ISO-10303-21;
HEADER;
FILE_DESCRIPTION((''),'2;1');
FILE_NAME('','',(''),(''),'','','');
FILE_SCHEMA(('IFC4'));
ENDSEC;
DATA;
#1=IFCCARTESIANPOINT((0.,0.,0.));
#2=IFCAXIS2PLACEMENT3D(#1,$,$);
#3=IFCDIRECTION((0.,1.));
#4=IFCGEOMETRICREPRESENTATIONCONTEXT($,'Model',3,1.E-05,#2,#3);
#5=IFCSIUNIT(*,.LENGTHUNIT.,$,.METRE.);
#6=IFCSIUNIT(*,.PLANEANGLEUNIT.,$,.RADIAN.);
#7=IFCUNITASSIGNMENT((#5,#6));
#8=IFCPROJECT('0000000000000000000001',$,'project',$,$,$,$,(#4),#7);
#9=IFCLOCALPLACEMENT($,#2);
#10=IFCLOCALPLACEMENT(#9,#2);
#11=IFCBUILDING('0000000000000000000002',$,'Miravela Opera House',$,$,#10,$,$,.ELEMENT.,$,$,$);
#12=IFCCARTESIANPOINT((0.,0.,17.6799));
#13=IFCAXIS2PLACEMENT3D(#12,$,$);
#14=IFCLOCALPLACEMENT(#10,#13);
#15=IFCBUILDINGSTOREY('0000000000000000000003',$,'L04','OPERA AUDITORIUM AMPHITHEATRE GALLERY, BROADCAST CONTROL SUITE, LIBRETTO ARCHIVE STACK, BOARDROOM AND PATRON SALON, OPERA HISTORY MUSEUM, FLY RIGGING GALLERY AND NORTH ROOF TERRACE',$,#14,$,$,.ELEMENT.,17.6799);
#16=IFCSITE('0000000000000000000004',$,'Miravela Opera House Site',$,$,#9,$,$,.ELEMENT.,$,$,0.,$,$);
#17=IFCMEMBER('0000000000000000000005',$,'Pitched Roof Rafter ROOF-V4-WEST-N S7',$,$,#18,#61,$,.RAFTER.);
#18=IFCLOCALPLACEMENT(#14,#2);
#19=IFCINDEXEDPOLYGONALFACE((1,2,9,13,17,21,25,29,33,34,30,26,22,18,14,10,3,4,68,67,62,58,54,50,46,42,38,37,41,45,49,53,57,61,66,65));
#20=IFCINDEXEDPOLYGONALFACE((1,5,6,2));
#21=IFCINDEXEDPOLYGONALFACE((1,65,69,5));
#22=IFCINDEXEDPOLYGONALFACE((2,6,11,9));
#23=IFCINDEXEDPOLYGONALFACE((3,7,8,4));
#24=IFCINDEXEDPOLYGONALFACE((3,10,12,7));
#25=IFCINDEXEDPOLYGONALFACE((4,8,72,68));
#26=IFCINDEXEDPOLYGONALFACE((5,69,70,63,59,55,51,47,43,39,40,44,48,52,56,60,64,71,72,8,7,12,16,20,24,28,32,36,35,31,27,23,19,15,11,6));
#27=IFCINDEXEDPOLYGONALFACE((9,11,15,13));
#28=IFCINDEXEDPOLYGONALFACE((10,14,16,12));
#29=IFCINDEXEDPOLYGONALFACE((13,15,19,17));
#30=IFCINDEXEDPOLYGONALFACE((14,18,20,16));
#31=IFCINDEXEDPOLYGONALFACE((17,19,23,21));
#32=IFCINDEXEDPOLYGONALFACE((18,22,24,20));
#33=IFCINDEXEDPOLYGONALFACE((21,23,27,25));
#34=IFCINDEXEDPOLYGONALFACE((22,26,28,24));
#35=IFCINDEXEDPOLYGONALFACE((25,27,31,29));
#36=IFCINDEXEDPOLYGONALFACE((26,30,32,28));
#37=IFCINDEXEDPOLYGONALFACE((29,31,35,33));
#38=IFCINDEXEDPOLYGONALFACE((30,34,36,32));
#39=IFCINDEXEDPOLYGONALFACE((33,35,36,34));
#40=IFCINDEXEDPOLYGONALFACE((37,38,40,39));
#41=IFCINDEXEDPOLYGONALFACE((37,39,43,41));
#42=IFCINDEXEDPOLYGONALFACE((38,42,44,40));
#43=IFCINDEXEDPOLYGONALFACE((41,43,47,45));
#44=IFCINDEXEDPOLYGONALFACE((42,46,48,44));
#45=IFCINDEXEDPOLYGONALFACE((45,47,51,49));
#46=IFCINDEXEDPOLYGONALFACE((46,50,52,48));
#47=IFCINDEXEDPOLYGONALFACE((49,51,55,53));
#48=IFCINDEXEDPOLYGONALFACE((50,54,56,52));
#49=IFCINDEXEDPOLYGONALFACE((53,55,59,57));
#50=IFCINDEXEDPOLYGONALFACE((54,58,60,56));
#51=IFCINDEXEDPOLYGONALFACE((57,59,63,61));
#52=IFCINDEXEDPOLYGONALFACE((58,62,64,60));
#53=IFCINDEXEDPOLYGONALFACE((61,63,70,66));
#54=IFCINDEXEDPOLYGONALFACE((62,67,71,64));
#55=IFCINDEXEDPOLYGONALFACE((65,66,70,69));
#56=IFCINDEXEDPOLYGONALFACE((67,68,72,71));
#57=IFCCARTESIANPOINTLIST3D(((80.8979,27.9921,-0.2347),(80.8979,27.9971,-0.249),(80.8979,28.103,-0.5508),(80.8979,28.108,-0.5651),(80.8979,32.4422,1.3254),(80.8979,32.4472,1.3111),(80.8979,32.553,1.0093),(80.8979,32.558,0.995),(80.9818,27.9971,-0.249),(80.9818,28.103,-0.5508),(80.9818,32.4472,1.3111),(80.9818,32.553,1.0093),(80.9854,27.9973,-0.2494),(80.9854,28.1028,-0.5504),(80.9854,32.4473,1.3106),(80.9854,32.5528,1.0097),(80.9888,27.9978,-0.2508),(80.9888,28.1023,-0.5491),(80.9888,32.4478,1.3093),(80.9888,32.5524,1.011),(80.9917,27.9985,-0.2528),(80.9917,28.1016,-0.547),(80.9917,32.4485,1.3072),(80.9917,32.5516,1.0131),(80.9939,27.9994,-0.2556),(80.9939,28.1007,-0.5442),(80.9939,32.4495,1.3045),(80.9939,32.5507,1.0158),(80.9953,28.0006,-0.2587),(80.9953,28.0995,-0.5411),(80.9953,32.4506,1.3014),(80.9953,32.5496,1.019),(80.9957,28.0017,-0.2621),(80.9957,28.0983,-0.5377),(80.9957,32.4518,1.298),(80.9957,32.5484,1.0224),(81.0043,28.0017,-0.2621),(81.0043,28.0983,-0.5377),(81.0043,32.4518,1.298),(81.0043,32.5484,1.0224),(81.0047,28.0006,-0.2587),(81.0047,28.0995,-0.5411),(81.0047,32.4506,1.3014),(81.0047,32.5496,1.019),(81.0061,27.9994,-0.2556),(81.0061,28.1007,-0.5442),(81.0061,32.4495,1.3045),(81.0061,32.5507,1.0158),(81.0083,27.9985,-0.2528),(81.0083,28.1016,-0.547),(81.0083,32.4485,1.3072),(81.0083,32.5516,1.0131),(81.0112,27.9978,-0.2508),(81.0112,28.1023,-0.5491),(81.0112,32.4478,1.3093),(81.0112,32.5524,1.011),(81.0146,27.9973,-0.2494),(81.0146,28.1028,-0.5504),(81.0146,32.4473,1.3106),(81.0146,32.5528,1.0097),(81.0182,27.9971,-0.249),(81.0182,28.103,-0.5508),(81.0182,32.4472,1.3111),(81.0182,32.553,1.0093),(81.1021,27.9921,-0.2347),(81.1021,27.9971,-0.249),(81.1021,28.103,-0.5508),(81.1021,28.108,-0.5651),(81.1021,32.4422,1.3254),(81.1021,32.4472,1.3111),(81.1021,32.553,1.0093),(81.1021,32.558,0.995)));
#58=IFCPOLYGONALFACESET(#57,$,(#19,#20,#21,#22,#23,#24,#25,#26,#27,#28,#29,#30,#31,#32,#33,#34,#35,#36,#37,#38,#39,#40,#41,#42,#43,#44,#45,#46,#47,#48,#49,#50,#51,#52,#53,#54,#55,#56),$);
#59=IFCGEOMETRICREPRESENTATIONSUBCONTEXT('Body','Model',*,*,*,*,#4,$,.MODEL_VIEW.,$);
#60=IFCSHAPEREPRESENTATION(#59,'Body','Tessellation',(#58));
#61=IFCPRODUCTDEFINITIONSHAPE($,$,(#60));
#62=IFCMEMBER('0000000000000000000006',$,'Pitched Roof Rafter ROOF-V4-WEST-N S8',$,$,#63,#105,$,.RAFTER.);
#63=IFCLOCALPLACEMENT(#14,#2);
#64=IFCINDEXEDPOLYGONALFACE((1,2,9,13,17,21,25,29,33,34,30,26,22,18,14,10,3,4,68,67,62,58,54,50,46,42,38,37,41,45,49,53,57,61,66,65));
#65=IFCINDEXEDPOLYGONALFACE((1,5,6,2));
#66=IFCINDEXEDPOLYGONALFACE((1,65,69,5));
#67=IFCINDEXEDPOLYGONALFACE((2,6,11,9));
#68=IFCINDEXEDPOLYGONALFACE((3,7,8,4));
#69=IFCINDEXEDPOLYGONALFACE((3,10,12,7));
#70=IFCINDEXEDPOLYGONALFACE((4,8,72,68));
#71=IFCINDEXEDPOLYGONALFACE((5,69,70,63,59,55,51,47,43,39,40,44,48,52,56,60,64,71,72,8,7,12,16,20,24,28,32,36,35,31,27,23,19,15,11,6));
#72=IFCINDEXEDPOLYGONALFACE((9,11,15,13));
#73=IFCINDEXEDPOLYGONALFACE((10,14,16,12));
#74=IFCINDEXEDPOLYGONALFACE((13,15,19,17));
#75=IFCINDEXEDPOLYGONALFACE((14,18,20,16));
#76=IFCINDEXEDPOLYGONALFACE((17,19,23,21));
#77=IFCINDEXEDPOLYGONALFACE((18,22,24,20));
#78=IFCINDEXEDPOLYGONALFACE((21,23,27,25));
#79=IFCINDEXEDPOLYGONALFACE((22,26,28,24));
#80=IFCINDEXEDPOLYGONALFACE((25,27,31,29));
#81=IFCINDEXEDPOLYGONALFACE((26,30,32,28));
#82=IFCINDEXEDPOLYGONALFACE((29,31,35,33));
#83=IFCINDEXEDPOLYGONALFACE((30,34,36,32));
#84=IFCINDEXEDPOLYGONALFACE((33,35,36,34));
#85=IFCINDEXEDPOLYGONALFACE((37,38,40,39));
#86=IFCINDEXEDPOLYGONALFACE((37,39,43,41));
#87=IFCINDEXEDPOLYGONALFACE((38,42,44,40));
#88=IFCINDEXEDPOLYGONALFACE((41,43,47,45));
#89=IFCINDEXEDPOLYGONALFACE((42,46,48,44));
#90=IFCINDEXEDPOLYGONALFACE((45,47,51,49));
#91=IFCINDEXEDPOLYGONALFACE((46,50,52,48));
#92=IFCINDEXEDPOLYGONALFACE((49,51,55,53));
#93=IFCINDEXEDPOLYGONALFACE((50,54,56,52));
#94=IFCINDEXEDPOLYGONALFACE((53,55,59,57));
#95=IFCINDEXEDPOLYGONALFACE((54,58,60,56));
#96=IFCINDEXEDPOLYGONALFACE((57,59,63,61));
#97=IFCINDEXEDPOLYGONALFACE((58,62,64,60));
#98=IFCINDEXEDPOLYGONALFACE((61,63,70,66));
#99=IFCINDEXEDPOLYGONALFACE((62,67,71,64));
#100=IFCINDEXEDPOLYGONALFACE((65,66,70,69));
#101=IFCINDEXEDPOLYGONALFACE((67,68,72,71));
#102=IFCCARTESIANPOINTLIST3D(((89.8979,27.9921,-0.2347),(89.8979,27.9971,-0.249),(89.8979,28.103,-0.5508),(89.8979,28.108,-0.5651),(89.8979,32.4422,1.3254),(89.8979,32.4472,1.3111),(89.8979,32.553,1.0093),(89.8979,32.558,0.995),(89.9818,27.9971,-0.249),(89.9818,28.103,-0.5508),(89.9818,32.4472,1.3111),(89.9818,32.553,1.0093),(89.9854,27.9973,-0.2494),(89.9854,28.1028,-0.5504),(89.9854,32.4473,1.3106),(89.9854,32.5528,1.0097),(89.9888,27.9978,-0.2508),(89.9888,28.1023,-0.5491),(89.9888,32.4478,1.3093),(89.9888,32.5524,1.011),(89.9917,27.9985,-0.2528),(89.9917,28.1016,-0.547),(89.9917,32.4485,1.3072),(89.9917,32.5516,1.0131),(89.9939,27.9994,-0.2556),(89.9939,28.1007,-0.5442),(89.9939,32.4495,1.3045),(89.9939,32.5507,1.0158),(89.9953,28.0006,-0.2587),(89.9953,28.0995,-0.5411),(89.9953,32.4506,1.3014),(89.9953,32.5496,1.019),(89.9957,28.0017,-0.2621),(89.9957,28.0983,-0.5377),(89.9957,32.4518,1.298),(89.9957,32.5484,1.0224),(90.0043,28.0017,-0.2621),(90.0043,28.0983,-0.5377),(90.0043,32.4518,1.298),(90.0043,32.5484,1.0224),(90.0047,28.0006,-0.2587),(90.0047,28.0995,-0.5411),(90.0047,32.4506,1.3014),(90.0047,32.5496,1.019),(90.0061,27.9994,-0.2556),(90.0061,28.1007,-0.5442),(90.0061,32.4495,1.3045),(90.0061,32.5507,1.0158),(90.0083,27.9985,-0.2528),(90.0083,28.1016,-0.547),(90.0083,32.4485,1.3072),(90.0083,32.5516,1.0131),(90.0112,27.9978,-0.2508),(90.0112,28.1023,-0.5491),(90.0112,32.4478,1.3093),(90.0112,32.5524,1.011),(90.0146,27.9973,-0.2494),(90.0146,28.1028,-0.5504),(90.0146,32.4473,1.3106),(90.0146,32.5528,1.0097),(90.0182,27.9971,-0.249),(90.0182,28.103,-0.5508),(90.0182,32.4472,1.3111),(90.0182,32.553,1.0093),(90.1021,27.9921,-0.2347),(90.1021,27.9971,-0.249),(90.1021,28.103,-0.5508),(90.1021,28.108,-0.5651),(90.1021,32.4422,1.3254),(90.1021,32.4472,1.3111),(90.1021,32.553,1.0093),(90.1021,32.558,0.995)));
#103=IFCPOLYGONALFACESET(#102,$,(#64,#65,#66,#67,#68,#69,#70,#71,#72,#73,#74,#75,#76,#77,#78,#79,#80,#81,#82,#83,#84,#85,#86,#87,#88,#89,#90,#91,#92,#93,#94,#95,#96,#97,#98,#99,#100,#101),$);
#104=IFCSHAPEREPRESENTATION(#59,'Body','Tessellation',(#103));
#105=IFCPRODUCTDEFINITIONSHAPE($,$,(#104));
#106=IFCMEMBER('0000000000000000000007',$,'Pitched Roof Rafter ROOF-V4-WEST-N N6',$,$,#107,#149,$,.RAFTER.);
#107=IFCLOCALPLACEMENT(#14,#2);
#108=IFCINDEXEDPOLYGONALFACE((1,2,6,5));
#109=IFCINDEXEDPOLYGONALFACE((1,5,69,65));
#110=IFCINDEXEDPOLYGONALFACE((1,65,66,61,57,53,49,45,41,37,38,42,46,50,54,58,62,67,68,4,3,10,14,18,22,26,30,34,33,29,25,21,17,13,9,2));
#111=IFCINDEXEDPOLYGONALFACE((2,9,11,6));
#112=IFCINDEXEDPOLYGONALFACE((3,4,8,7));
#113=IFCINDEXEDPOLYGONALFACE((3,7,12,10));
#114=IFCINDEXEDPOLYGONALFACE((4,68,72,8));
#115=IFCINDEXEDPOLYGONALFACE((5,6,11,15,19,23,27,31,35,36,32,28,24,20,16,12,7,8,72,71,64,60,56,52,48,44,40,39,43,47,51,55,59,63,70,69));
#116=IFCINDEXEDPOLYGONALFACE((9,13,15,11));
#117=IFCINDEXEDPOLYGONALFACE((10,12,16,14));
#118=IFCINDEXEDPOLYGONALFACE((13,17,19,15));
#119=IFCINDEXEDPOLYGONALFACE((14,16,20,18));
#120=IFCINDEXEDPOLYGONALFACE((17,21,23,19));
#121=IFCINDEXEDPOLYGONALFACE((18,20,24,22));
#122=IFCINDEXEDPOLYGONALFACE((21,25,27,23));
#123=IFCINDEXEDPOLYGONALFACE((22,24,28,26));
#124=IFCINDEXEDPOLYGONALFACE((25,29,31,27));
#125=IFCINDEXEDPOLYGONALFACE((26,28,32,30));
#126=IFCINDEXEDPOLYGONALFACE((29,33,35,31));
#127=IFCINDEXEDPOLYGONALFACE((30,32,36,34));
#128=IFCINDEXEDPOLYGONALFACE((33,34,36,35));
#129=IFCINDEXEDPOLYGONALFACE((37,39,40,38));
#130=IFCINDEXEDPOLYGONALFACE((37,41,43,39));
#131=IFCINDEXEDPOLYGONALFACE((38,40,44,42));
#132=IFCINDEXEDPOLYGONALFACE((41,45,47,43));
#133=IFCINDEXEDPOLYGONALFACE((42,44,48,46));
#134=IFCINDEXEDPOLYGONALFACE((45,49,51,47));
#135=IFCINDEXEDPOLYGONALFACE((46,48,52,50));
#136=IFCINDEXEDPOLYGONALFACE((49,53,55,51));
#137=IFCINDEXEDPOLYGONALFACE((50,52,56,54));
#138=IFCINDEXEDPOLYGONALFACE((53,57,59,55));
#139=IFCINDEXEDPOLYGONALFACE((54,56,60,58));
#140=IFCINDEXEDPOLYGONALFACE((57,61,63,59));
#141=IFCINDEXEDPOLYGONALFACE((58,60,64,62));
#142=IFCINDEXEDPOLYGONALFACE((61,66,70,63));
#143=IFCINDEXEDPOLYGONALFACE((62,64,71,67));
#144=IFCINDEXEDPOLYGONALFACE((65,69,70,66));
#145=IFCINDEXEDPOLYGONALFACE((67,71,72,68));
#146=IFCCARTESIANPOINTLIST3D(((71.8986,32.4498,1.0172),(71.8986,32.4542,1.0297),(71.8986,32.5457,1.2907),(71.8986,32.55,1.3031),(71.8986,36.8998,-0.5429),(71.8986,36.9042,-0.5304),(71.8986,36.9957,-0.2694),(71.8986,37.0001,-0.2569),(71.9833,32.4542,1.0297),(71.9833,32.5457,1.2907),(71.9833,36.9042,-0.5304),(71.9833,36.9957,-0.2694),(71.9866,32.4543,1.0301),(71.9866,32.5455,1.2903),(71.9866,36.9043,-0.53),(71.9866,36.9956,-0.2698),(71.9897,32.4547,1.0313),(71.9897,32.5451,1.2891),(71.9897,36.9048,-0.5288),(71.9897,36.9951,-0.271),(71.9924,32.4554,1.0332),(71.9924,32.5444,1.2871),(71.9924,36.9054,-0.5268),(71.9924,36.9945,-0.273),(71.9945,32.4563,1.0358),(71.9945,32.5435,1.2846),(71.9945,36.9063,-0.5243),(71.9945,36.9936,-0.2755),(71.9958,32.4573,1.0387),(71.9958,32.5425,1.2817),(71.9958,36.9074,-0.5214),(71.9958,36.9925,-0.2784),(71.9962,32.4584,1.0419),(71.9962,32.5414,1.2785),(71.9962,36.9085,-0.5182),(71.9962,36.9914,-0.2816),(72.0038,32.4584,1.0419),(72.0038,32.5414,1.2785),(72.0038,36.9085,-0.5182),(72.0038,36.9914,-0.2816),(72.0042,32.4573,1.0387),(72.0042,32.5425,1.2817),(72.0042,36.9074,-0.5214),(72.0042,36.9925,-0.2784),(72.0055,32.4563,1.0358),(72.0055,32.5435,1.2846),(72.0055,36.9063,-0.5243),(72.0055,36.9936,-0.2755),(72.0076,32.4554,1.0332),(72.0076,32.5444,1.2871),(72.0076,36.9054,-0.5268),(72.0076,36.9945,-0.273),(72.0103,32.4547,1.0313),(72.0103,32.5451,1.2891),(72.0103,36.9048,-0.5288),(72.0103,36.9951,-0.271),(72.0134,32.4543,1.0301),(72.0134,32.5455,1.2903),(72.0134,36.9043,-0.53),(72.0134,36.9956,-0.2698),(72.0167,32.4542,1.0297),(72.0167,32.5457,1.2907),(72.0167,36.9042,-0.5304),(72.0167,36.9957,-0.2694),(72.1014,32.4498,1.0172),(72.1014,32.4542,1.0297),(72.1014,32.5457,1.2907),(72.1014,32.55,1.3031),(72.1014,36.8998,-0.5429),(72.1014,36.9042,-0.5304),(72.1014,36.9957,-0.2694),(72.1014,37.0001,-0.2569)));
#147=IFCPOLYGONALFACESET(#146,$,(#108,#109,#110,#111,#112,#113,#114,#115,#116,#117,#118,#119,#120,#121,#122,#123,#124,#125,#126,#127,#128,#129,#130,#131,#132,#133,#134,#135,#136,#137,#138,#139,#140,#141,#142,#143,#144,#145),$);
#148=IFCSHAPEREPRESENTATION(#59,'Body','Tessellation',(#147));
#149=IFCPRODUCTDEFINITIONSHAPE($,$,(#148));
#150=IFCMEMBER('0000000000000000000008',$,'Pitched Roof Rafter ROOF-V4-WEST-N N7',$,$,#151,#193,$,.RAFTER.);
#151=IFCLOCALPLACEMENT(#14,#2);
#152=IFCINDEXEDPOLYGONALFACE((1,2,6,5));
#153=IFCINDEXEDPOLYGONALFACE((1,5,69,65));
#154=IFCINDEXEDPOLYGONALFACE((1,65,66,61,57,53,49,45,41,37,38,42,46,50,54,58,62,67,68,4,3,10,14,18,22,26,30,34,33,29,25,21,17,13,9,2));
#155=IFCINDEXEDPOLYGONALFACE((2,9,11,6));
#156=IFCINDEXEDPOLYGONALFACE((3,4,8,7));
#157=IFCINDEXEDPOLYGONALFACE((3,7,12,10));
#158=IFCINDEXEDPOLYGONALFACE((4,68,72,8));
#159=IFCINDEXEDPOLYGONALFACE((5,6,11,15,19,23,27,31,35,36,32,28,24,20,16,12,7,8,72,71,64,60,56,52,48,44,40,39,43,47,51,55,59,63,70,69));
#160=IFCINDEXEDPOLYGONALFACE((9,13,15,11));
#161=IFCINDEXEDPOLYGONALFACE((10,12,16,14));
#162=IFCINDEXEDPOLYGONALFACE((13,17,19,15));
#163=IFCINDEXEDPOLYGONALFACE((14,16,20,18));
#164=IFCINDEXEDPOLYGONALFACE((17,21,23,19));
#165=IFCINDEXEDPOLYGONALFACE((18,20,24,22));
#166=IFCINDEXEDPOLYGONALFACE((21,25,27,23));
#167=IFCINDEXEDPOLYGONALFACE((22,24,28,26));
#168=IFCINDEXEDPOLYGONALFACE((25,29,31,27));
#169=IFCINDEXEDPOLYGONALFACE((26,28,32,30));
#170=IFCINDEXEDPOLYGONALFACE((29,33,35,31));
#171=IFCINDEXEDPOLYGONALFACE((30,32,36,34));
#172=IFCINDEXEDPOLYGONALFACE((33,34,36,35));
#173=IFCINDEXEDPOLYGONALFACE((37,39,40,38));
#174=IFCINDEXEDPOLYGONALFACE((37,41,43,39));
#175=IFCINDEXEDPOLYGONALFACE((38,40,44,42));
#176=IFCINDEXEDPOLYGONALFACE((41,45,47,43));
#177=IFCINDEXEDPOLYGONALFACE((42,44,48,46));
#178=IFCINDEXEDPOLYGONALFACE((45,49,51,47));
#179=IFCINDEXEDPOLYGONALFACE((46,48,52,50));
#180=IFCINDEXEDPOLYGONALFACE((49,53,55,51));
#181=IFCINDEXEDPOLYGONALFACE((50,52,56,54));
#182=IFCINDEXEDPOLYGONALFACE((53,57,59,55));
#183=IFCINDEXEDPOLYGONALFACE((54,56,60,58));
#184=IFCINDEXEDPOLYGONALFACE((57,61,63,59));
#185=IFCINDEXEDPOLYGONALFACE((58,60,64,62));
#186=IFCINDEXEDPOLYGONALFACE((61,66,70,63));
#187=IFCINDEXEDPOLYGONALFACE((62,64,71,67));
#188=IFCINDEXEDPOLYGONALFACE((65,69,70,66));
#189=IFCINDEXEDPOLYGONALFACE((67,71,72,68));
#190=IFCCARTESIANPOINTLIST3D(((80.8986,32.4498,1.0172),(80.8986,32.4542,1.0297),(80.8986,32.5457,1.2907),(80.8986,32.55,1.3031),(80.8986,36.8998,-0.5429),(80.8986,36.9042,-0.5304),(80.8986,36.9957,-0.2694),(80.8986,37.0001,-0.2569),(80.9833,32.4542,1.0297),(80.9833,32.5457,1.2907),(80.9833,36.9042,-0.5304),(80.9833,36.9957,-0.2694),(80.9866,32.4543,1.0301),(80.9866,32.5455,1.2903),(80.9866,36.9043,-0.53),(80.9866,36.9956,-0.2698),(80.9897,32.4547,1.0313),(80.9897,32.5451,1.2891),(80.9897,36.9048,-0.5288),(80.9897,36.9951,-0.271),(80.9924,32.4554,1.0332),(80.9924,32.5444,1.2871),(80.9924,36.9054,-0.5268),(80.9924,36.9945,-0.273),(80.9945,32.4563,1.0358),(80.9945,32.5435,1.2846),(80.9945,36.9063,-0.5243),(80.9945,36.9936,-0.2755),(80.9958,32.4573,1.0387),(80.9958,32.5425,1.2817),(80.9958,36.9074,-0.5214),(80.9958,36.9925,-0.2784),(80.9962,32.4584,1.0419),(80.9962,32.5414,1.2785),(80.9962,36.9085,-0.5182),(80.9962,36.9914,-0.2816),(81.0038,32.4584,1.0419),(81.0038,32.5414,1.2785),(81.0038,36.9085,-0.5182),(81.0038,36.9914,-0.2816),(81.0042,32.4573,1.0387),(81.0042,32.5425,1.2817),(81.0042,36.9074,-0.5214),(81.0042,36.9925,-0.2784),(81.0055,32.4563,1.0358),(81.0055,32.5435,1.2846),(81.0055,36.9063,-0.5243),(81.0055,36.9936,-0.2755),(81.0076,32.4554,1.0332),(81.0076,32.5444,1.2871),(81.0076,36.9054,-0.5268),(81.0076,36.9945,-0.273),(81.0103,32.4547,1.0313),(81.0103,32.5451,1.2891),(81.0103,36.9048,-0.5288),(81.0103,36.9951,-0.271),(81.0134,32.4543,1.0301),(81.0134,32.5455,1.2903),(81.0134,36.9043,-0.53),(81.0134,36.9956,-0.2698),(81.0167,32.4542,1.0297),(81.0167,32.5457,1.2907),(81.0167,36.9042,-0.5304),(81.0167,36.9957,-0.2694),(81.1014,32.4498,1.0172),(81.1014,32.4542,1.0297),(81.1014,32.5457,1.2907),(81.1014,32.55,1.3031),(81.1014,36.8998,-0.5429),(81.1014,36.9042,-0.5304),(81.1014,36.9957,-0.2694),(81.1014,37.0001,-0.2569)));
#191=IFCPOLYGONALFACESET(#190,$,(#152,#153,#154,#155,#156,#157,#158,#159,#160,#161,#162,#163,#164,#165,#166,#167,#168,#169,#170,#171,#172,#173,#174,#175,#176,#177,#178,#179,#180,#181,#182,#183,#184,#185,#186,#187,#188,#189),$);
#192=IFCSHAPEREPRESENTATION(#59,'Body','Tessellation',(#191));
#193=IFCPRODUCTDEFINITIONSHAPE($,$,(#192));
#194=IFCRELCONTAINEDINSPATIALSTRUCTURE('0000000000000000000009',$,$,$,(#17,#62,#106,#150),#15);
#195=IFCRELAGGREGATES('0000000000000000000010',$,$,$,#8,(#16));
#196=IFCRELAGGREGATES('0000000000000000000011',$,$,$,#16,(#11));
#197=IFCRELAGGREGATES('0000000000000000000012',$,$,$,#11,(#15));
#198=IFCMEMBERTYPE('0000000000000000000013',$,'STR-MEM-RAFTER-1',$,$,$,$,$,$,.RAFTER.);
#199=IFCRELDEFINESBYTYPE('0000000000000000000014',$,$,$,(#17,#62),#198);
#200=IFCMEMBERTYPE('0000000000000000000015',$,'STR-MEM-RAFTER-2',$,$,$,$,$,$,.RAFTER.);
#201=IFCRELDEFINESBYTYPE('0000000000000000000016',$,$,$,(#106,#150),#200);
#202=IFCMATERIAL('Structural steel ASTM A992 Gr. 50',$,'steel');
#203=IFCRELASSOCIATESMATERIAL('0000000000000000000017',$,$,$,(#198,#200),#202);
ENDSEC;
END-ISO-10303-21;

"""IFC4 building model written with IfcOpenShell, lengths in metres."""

from ifc_helpers import new_model, si_unit, direction, frame, origin, origin_2d, place, context, subcontext, project, spatial, i_section, extrude, material, material_profile, profile_set, type_object, element, save


model = new_model("IFC4")

# Units and contexts
model_context = context("Model", 3, precision=1e-05, world=origin(), true_north=direction((0.0, 1.0)))
body_context = subcontext(model_context, "Body", "Model", "MODEL_VIEW")
ifc_project = project(units=[si_unit("LENGTHUNIT", "METRE"), si_unit("PLANEANGLEUNIT", "RADIAN")], contexts=[model_context])

# Site, building, storey
site_placement = place(None, origin())
site = spatial("IfcSite", under=ifc_project, at=site_placement, Name="Miravela Opera House Site", CompositionType="ELEMENT", RefElevation=0.0)
building_placement = place(site_placement, origin())
building = spatial("IfcBuilding", under=site, at=building_placement, Name="Miravela Opera House", CompositionType="ELEMENT")
storey_placement = place(building_placement, frame((0.0, 0.0, 17.6799)))
storey = spatial("IfcBuildingStorey", under=building, at=storey_placement, Name="L04", Description="OPERA AUDITORIUM AMPHITHEATRE GALLERY, BROADCAST CONTROL SUITE, LIBRETTO ARCHIVE STACK, BOARDROOM AND PATRON SALON, OPERA HISTORY MUSEUM, FLY RIGGING GALLERY AND NORTH ROOF TERRACE", CompositionType="ELEMENT", Elevation=17.6799)

# Members
ifc_material_1 = material(Name="Structural steel ASTM A992 Gr. 50", Category="steel")
ifc_material_profile_1 = material_profile(ifc_material_1, i_section(OverallWidth=0.2041, OverallDepth=0.3501, WebThickness=0.0085, FlangeThickness=0.0151, FilletRadius=0.0139, at=origin_2d()), Name="W360X72")
ifc_profile_set_1 = profile_set([ifc_material_profile_1])
member_type_1 = type_object("IfcMemberType", Name="STR-MEM-RAFTER-1", PredefinedType="RAFTER", material=ifc_profile_set_1)
for number, where, z_axis, x_axis, name in (
    (1, (81.0, 28.05, -0.3999), (0.0, 0.943688, 0.330837), (-1.0, 0.0, 0.0), "Pitched Roof Rafter ROOF-V4-WEST-N S7"),
    (2, (90.0, 28.05, -0.3999), (0.0, 0.943688, 0.330837), (-1.0, 0.0, 0.0), "Pitched Roof Rafter ROOF-V4-WEST-N S8"),
):
    element("IfcMember", number, at=place(storey_placement, frame(where, z_axis=z_axis, x_axis=x_axis)), inside=storey, type_object=member_type_1, Name=name, PredefinedType="RAFTER", context=body_context, shape_type="SweptSolid", body=[
        extrude(i_section(OverallWidth=0.2041, OverallDepth=0.3501, WebThickness=0.0085, FlangeThickness=0.0151, FilletRadius=0.0139, at=origin_2d()), origin(), (0.0, 0.0, 1.0), 4.7156),
    ])
ifc_material_profile_2 = material_profile(ifc_material_1, i_section(OverallWidth=0.2029, OverallDepth=0.303, WebThickness=0.0076, FlangeThickness=0.0132, FilletRadius=0.0129, at=origin_2d()), Name="W310X60")
ifc_profile_set_2 = profile_set([ifc_material_profile_2])
member_type_2 = type_object("IfcMemberType", Name="STR-MEM-RAFTER-2", PredefinedType="RAFTER", material=ifc_profile_set_2)
for number, where, z_axis, x_axis, name in (
    (3, (72.0, 36.95, -0.3999), (0.0, -0.943688, 0.330837), (1.0, 0.0, 0.0), "Pitched Roof Rafter ROOF-V4-WEST-N N6"),
    (4, (81.0, 36.95, -0.3999), (0.0, -0.943688, 0.330837), (1.0, 0.0, 0.0), "Pitched Roof Rafter ROOF-V4-WEST-N N7"),
):
    element("IfcMember", number, at=place(storey_placement, frame(where, z_axis=z_axis, x_axis=x_axis)), inside=storey, type_object=member_type_2, Name=name, PredefinedType="RAFTER", context=body_context, shape_type="SweptSolid", body=[
        extrude(i_section(OverallWidth=0.2029, OverallDepth=0.303, WebThickness=0.0076, FlangeThickness=0.0132, FilletRadius=0.0129, at=origin_2d()), origin(), (0.0, 0.0, 1.0), 4.7156),
    ])

save(model, "model.ifc")
